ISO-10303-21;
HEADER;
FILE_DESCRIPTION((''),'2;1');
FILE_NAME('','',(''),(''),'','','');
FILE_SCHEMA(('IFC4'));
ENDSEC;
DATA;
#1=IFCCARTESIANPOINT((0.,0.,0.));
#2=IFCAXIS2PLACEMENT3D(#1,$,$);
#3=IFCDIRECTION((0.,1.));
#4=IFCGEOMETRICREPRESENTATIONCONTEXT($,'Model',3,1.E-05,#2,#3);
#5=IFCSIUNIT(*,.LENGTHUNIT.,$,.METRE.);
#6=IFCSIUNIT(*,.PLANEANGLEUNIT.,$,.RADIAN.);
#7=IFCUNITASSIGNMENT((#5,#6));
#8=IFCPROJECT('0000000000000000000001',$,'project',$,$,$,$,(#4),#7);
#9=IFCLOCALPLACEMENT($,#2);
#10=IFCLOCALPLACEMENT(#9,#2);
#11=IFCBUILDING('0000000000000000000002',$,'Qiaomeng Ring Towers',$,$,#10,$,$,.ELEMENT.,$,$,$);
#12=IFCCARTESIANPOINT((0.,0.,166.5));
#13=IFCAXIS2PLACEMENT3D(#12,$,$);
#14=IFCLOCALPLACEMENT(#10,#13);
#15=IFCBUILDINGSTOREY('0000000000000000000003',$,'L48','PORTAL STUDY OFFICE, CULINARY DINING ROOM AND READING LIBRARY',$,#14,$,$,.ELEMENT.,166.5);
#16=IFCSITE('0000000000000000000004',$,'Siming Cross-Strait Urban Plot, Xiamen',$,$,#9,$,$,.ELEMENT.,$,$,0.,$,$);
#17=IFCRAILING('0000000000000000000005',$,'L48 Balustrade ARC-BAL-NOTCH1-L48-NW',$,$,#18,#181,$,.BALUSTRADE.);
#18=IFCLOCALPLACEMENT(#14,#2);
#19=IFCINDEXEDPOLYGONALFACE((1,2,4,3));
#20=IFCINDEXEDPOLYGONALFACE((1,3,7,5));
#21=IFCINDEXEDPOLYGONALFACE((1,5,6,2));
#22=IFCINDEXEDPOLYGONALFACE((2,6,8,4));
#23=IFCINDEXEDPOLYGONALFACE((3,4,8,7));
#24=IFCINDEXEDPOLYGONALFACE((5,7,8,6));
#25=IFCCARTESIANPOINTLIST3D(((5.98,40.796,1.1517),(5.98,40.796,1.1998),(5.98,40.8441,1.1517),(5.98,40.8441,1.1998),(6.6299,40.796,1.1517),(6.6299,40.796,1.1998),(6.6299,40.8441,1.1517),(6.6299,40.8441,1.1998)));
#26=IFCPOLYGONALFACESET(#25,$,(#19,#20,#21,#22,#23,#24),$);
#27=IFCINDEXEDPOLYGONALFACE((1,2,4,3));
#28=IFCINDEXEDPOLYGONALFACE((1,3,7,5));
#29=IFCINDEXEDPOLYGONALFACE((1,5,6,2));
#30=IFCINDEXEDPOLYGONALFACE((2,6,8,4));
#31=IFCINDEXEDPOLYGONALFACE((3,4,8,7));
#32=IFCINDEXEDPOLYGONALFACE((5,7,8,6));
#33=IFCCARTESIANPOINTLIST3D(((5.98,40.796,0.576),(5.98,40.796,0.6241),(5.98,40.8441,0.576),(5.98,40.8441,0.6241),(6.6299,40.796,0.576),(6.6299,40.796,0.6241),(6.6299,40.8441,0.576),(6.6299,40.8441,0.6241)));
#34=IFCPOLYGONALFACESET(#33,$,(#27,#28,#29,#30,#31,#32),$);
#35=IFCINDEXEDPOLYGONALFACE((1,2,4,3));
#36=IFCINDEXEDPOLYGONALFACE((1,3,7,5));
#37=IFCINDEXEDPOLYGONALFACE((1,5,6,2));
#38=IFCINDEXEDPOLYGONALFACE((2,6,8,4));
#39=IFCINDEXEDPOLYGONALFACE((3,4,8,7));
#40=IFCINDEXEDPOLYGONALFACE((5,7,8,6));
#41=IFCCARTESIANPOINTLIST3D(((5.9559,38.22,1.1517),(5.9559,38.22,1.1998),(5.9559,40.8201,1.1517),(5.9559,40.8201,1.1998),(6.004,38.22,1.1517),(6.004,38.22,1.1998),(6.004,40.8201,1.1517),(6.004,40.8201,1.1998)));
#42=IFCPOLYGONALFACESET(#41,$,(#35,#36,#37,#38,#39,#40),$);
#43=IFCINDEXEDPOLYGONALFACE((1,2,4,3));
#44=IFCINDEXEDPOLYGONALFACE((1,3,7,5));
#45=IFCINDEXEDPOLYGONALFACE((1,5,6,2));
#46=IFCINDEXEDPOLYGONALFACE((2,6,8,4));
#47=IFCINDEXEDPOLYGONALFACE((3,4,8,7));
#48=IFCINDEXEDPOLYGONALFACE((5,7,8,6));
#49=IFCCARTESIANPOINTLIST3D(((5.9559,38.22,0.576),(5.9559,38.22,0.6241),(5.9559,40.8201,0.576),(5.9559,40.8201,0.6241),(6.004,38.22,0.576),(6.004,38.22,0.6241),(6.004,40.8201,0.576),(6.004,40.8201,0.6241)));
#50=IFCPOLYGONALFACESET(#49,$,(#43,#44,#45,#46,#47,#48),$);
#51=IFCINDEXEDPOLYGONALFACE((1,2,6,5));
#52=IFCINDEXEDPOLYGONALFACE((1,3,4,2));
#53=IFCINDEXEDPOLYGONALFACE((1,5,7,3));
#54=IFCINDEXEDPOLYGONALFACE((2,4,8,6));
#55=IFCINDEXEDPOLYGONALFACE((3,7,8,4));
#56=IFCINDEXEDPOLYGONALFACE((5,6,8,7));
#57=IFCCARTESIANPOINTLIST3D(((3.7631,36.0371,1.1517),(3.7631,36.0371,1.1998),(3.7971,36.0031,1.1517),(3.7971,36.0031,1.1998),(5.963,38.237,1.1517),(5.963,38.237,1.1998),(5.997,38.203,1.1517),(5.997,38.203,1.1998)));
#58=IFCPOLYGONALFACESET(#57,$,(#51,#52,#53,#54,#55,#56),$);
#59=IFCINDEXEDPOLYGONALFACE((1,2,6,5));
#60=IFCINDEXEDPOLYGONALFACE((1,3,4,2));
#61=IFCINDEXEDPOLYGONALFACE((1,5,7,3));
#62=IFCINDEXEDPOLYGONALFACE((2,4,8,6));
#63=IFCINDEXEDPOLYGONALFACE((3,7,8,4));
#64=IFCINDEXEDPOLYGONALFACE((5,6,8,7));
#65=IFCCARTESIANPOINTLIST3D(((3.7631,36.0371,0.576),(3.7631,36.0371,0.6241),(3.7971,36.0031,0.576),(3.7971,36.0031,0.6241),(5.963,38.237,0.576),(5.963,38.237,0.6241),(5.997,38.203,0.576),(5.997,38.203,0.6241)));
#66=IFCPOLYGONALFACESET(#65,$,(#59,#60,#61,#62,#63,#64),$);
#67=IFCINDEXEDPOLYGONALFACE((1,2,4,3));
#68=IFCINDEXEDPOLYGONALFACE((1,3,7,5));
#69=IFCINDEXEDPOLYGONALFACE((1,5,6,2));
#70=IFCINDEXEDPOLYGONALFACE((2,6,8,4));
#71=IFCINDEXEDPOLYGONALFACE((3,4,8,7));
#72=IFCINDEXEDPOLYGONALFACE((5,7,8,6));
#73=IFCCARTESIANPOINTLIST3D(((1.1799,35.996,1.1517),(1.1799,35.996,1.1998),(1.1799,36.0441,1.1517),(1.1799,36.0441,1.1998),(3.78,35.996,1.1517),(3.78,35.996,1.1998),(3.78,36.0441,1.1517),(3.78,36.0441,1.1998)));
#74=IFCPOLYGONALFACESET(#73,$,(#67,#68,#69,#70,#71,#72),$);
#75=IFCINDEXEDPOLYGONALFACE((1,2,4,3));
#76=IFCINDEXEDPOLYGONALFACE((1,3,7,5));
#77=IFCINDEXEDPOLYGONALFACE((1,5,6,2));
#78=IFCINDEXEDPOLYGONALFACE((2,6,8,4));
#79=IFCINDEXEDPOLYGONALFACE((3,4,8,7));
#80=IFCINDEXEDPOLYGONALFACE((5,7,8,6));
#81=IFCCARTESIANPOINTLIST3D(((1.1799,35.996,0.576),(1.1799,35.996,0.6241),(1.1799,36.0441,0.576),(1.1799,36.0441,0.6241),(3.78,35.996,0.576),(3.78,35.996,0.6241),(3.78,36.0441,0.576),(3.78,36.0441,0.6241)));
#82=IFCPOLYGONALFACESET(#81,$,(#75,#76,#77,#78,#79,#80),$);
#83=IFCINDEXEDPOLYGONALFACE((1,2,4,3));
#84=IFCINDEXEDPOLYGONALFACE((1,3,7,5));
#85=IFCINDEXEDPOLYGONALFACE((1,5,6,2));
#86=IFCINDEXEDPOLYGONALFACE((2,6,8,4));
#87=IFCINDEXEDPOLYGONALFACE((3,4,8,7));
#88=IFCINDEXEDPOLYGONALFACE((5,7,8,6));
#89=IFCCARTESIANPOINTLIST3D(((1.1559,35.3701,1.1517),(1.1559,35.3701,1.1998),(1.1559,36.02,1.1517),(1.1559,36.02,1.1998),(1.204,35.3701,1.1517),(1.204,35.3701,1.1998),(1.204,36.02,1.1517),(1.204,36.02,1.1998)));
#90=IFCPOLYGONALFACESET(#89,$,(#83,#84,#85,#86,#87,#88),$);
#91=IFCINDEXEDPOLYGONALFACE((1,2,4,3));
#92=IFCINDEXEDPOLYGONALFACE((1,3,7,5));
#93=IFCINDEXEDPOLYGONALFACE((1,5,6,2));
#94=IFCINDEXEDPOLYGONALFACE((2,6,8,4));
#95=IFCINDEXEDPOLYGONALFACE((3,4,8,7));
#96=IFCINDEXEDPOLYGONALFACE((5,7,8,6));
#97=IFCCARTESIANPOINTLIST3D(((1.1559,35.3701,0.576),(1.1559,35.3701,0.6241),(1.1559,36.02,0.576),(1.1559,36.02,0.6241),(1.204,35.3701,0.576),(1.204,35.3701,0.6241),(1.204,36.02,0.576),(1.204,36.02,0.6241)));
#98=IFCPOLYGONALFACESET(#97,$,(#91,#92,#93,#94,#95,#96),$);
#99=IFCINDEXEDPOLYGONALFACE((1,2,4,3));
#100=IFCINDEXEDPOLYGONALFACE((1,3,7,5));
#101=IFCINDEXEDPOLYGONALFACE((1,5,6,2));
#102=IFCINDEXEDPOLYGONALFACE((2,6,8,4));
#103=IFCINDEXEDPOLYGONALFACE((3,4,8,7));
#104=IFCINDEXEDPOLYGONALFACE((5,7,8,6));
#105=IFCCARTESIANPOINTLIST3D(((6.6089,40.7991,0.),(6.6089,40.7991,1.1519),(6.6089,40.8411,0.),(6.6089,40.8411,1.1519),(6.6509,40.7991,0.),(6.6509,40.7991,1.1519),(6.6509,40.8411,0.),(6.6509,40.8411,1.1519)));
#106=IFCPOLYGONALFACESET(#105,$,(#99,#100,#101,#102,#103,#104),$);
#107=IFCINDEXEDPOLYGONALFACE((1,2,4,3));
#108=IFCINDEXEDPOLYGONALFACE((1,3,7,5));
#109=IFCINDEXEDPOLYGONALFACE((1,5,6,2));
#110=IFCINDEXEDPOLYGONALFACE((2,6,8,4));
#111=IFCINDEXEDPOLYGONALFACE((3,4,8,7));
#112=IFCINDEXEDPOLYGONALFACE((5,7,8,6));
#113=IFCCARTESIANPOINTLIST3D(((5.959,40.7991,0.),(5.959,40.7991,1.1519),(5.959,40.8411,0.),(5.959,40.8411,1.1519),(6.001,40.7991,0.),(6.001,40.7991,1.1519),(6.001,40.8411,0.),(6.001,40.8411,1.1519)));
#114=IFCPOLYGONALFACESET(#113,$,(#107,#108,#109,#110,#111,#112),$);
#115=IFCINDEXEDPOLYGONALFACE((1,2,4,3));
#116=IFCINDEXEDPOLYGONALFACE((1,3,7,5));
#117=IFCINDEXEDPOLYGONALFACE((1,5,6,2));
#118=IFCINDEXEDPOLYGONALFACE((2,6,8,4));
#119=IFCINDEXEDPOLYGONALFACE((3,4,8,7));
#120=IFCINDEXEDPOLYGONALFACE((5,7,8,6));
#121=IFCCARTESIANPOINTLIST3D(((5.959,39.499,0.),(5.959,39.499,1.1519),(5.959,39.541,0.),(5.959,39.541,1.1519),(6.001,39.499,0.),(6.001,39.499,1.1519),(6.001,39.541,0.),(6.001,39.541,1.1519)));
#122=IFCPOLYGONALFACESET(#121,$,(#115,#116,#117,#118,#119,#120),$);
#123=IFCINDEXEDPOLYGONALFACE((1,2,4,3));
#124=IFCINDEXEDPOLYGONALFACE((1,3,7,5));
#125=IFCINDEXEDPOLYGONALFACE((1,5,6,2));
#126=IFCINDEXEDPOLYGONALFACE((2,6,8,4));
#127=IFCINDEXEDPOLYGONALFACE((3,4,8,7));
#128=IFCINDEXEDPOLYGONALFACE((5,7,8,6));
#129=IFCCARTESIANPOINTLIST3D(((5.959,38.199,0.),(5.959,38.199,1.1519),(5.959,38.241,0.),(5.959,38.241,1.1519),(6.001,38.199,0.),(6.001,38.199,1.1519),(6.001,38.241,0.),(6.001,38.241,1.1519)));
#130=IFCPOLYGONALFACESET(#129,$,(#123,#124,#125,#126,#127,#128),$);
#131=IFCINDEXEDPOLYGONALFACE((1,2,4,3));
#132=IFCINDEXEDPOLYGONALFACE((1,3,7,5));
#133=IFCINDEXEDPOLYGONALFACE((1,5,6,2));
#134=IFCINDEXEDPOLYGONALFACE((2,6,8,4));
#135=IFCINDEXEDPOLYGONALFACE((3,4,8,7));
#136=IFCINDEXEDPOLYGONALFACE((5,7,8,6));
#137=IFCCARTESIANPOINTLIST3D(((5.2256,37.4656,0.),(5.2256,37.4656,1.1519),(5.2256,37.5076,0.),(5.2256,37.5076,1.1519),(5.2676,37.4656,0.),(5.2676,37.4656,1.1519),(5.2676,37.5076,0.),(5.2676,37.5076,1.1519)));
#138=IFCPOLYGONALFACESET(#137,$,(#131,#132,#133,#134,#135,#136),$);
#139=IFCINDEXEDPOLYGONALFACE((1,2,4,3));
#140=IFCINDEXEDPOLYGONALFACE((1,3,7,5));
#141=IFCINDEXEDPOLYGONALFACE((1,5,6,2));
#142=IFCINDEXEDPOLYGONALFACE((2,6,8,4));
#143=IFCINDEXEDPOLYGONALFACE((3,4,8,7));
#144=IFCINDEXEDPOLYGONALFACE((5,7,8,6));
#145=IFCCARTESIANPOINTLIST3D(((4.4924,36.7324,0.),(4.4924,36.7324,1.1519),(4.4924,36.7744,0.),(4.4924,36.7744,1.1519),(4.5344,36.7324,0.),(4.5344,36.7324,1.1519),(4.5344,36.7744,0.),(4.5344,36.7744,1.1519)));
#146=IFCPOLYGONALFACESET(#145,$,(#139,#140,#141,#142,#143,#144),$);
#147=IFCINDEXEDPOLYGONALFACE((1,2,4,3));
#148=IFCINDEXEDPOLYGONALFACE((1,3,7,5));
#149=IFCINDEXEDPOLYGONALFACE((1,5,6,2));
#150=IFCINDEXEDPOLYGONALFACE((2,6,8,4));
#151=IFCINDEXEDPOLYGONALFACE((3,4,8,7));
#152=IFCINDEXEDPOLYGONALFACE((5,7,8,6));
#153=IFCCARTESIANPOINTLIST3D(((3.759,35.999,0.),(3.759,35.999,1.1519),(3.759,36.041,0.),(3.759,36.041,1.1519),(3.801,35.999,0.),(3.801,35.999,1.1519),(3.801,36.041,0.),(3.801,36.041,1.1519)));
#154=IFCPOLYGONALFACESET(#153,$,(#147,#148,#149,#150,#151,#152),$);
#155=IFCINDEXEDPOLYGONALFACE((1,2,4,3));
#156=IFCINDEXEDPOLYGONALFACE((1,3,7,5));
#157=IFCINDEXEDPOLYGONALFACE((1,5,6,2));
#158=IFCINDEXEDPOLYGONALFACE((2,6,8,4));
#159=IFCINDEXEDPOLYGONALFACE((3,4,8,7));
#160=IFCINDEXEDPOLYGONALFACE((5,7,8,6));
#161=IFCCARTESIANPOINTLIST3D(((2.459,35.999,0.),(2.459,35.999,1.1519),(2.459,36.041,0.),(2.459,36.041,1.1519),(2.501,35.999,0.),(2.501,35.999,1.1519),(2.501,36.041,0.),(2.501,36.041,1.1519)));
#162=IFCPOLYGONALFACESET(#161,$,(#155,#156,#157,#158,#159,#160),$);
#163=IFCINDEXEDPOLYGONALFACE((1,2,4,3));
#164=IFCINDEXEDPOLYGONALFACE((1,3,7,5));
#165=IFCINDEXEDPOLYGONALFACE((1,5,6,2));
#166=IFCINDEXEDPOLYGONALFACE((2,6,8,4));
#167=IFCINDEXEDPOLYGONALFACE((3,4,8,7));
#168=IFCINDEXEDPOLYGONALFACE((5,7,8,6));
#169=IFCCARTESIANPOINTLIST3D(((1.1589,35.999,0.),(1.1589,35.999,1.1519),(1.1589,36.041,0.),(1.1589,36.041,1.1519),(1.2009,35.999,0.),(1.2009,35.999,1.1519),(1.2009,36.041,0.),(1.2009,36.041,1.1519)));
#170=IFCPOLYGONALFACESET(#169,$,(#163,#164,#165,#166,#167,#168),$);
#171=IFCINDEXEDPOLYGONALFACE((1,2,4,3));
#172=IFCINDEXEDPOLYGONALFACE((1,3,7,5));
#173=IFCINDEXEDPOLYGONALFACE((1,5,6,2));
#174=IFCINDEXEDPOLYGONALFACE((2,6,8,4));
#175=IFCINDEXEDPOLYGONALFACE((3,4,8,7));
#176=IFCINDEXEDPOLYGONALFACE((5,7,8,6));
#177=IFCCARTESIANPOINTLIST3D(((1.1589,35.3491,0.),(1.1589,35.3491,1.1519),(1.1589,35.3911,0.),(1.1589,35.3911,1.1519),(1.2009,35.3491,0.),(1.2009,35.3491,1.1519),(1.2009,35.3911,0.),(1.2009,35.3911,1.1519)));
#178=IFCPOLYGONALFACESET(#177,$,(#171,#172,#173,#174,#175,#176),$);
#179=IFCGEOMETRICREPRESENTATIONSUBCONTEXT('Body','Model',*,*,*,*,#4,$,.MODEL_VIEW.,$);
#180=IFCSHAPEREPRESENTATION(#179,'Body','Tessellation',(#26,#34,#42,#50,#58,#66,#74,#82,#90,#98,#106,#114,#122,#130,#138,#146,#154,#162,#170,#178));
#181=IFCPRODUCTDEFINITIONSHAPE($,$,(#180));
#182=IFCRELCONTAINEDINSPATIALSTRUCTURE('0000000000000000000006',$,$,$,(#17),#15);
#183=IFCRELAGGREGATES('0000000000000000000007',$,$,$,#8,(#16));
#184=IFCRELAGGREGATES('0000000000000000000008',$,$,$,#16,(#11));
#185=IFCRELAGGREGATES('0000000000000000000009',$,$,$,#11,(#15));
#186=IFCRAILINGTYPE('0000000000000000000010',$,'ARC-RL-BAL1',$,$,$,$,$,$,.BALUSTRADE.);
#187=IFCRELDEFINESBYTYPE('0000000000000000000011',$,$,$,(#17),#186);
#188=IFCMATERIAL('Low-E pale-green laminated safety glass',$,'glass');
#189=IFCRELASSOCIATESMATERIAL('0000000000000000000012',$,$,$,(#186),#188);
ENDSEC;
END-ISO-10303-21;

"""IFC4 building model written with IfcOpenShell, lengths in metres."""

from ifc_helpers import new_model, si_unit, direction, frame, origin, origin_2d, place, context, subcontext, project, spatial, rectangle, extrude, material, type_object, element, save


model = new_model("IFC4")

# Units and contexts
model_context = context("Model", 3, precision=1e-05, world=origin(), true_north=direction((0.0, 1.0)))
body_context = subcontext(model_context, "Body", "Model", "MODEL_VIEW")
ifc_project = project(units=[si_unit("LENGTHUNIT", "METRE"), si_unit("PLANEANGLEUNIT", "RADIAN")], contexts=[model_context])

# Site, building, storey
site_placement = place(None, origin())
site = spatial("IfcSite", under=ifc_project, at=site_placement, Name="Siming Cross-Strait Urban Plot, Xiamen", CompositionType="ELEMENT", RefElevation=0.0)
building_placement = place(site_placement, origin())
building = spatial("IfcBuilding", under=site, at=building_placement, Name="Qiaomeng Ring Towers", CompositionType="ELEMENT")
storey_placement = place(building_placement, frame((0.0, 0.0, 166.5)))
storey = spatial("IfcBuildingStorey", under=building, at=storey_placement, Name="L48", Description="PORTAL STUDY OFFICE, CULINARY DINING ROOM AND READING LIBRARY", CompositionType="ELEMENT", Elevation=166.5)

# Railing
ifc_material_1 = material(Name="Low-E pale-green laminated safety glass", Category="glass")
railing_type = type_object("IfcRailingType", Name="ARC-RL-BAL1", PredefinedType="BALUSTRADE", material=ifc_material_1)
railing_placement = place(storey_placement, frame((6.6299, 40.8201, 0.0)))
element("IfcRailing", 1, at=railing_placement, inside=storey, type_object=railing_type, Name="L48 Balustrade ARC-BAL-NOTCH1-L48-NW", PredefinedType="BALUSTRADE", context=body_context, shape_type="SweptSolid", body=[
    extrude(rectangle(XDim=0.0481, YDim=0.0481, at=origin_2d()), frame((0.0, 0.0, 1.1758), z_axis=(-1.0, 0.0, 0.0), x_axis=(0.0, -1.0, 0.0)), (0.0, 0.0, 1.0), 0.6499),
    extrude(rectangle(XDim=0.0481, YDim=0.0481, at=origin_2d()), frame((0.0, 0.0, 0.6001), z_axis=(-1.0, 0.0, 0.0), x_axis=(0.0, -1.0, 0.0)), (0.0, 0.0, 1.0), 0.6499),
    extrude(rectangle(XDim=0.0481, YDim=0.0481, at=origin_2d()), frame((-0.6499, 0.0, 1.1758), z_axis=(0.0, -1.0, 0.0), x_axis=(1.0, 0.0, 0.0)), (0.0, 0.0, 1.0), 2.6001),
    extrude(rectangle(XDim=0.0481, YDim=0.0481, at=origin_2d()), frame((-0.6499, 0.0, 0.6001), z_axis=(0.0, -1.0, 0.0), x_axis=(1.0, 0.0, 0.0)), (0.0, 0.0, 1.0), 2.6001),
    extrude(rectangle(XDim=0.0481, YDim=0.0481, at=origin_2d()), frame((-0.6499, -2.6001, 1.1758), z_axis=(-0.707107, -0.707107, 0.0), x_axis=(0.707107, -0.707107, 0.0)), (0.0, 0.0, 1.0), 3.1111),
    extrude(rectangle(XDim=0.0481, YDim=0.0481, at=origin_2d()), frame((-0.6499, -2.6001, 0.6001), z_axis=(-0.707107, -0.707107, 0.0), x_axis=(0.707107, -0.707107, 0.0)), (0.0, 0.0, 1.0), 3.1111),
    extrude(rectangle(XDim=0.0481, YDim=0.0481, at=origin_2d()), frame((-2.8499, -4.8, 1.1758), z_axis=(-1.0, 0.0, 0.0), x_axis=(0.0, -1.0, 0.0)), (0.0, 0.0, 1.0), 2.6001),
    extrude(rectangle(XDim=0.0481, YDim=0.0481, at=origin_2d()), frame((-2.8499, -4.8, 0.6001), z_axis=(-1.0, 0.0, 0.0), x_axis=(0.0, -1.0, 0.0)), (0.0, 0.0, 1.0), 2.6001),
    extrude(rectangle(XDim=0.0481, YDim=0.0481, at=origin_2d()), frame((-5.45, -4.8, 1.1758), z_axis=(0.0, -1.0, 0.0), x_axis=(1.0, 0.0, 0.0)), (0.0, 0.0, 1.0), 0.6499),
    extrude(rectangle(XDim=0.0481, YDim=0.0481, at=origin_2d()), frame((-5.45, -4.8, 0.6001), z_axis=(0.0, -1.0, 0.0), x_axis=(1.0, 0.0, 0.0)), (0.0, 0.0, 1.0), 0.6499),
    extrude(rectangle(XDim=0.042, YDim=0.042, at=origin_2d()), origin(), (0.0, 0.0, 1.0), 1.1519),
    extrude(rectangle(XDim=0.042, YDim=0.042, at=origin_2d()), frame((-0.6499, 0.0, 0.0)), (0.0, 0.0, 1.0), 1.1519),
    extrude(rectangle(XDim=0.042, YDim=0.042, at=origin_2d()), frame((-0.6499, -1.3, 0.0)), (0.0, 0.0, 1.0), 1.1519),
    extrude(rectangle(XDim=0.042, YDim=0.042, at=origin_2d()), frame((-0.6499, -2.6001, 0.0)), (0.0, 0.0, 1.0), 1.1519),
    extrude(rectangle(XDim=0.042, YDim=0.042, at=origin_2d()), frame((-1.3833, -3.3335, 0.0)), (0.0, 0.0, 1.0), 1.1519),
    extrude(rectangle(XDim=0.042, YDim=0.042, at=origin_2d()), frame((-2.1165, -4.0667, 0.0)), (0.0, 0.0, 1.0), 1.1519),
    extrude(rectangle(XDim=0.042, YDim=0.042, at=origin_2d()), frame((-2.8499, -4.8, 0.0)), (0.0, 0.0, 1.0), 1.1519),
    extrude(rectangle(XDim=0.042, YDim=0.042, at=origin_2d()), frame((-4.1499, -4.8, 0.0)), (0.0, 0.0, 1.0), 1.1519),
    extrude(rectangle(XDim=0.042, YDim=0.042, at=origin_2d()), frame((-5.45, -4.8, 0.0)), (0.0, 0.0, 1.0), 1.1519),
    extrude(rectangle(XDim=0.042, YDim=0.042, at=origin_2d()), frame((-5.45, -5.45, 0.0)), (0.0, 0.0, 1.0), 1.1519),
])

save(model, "model.ifc")
